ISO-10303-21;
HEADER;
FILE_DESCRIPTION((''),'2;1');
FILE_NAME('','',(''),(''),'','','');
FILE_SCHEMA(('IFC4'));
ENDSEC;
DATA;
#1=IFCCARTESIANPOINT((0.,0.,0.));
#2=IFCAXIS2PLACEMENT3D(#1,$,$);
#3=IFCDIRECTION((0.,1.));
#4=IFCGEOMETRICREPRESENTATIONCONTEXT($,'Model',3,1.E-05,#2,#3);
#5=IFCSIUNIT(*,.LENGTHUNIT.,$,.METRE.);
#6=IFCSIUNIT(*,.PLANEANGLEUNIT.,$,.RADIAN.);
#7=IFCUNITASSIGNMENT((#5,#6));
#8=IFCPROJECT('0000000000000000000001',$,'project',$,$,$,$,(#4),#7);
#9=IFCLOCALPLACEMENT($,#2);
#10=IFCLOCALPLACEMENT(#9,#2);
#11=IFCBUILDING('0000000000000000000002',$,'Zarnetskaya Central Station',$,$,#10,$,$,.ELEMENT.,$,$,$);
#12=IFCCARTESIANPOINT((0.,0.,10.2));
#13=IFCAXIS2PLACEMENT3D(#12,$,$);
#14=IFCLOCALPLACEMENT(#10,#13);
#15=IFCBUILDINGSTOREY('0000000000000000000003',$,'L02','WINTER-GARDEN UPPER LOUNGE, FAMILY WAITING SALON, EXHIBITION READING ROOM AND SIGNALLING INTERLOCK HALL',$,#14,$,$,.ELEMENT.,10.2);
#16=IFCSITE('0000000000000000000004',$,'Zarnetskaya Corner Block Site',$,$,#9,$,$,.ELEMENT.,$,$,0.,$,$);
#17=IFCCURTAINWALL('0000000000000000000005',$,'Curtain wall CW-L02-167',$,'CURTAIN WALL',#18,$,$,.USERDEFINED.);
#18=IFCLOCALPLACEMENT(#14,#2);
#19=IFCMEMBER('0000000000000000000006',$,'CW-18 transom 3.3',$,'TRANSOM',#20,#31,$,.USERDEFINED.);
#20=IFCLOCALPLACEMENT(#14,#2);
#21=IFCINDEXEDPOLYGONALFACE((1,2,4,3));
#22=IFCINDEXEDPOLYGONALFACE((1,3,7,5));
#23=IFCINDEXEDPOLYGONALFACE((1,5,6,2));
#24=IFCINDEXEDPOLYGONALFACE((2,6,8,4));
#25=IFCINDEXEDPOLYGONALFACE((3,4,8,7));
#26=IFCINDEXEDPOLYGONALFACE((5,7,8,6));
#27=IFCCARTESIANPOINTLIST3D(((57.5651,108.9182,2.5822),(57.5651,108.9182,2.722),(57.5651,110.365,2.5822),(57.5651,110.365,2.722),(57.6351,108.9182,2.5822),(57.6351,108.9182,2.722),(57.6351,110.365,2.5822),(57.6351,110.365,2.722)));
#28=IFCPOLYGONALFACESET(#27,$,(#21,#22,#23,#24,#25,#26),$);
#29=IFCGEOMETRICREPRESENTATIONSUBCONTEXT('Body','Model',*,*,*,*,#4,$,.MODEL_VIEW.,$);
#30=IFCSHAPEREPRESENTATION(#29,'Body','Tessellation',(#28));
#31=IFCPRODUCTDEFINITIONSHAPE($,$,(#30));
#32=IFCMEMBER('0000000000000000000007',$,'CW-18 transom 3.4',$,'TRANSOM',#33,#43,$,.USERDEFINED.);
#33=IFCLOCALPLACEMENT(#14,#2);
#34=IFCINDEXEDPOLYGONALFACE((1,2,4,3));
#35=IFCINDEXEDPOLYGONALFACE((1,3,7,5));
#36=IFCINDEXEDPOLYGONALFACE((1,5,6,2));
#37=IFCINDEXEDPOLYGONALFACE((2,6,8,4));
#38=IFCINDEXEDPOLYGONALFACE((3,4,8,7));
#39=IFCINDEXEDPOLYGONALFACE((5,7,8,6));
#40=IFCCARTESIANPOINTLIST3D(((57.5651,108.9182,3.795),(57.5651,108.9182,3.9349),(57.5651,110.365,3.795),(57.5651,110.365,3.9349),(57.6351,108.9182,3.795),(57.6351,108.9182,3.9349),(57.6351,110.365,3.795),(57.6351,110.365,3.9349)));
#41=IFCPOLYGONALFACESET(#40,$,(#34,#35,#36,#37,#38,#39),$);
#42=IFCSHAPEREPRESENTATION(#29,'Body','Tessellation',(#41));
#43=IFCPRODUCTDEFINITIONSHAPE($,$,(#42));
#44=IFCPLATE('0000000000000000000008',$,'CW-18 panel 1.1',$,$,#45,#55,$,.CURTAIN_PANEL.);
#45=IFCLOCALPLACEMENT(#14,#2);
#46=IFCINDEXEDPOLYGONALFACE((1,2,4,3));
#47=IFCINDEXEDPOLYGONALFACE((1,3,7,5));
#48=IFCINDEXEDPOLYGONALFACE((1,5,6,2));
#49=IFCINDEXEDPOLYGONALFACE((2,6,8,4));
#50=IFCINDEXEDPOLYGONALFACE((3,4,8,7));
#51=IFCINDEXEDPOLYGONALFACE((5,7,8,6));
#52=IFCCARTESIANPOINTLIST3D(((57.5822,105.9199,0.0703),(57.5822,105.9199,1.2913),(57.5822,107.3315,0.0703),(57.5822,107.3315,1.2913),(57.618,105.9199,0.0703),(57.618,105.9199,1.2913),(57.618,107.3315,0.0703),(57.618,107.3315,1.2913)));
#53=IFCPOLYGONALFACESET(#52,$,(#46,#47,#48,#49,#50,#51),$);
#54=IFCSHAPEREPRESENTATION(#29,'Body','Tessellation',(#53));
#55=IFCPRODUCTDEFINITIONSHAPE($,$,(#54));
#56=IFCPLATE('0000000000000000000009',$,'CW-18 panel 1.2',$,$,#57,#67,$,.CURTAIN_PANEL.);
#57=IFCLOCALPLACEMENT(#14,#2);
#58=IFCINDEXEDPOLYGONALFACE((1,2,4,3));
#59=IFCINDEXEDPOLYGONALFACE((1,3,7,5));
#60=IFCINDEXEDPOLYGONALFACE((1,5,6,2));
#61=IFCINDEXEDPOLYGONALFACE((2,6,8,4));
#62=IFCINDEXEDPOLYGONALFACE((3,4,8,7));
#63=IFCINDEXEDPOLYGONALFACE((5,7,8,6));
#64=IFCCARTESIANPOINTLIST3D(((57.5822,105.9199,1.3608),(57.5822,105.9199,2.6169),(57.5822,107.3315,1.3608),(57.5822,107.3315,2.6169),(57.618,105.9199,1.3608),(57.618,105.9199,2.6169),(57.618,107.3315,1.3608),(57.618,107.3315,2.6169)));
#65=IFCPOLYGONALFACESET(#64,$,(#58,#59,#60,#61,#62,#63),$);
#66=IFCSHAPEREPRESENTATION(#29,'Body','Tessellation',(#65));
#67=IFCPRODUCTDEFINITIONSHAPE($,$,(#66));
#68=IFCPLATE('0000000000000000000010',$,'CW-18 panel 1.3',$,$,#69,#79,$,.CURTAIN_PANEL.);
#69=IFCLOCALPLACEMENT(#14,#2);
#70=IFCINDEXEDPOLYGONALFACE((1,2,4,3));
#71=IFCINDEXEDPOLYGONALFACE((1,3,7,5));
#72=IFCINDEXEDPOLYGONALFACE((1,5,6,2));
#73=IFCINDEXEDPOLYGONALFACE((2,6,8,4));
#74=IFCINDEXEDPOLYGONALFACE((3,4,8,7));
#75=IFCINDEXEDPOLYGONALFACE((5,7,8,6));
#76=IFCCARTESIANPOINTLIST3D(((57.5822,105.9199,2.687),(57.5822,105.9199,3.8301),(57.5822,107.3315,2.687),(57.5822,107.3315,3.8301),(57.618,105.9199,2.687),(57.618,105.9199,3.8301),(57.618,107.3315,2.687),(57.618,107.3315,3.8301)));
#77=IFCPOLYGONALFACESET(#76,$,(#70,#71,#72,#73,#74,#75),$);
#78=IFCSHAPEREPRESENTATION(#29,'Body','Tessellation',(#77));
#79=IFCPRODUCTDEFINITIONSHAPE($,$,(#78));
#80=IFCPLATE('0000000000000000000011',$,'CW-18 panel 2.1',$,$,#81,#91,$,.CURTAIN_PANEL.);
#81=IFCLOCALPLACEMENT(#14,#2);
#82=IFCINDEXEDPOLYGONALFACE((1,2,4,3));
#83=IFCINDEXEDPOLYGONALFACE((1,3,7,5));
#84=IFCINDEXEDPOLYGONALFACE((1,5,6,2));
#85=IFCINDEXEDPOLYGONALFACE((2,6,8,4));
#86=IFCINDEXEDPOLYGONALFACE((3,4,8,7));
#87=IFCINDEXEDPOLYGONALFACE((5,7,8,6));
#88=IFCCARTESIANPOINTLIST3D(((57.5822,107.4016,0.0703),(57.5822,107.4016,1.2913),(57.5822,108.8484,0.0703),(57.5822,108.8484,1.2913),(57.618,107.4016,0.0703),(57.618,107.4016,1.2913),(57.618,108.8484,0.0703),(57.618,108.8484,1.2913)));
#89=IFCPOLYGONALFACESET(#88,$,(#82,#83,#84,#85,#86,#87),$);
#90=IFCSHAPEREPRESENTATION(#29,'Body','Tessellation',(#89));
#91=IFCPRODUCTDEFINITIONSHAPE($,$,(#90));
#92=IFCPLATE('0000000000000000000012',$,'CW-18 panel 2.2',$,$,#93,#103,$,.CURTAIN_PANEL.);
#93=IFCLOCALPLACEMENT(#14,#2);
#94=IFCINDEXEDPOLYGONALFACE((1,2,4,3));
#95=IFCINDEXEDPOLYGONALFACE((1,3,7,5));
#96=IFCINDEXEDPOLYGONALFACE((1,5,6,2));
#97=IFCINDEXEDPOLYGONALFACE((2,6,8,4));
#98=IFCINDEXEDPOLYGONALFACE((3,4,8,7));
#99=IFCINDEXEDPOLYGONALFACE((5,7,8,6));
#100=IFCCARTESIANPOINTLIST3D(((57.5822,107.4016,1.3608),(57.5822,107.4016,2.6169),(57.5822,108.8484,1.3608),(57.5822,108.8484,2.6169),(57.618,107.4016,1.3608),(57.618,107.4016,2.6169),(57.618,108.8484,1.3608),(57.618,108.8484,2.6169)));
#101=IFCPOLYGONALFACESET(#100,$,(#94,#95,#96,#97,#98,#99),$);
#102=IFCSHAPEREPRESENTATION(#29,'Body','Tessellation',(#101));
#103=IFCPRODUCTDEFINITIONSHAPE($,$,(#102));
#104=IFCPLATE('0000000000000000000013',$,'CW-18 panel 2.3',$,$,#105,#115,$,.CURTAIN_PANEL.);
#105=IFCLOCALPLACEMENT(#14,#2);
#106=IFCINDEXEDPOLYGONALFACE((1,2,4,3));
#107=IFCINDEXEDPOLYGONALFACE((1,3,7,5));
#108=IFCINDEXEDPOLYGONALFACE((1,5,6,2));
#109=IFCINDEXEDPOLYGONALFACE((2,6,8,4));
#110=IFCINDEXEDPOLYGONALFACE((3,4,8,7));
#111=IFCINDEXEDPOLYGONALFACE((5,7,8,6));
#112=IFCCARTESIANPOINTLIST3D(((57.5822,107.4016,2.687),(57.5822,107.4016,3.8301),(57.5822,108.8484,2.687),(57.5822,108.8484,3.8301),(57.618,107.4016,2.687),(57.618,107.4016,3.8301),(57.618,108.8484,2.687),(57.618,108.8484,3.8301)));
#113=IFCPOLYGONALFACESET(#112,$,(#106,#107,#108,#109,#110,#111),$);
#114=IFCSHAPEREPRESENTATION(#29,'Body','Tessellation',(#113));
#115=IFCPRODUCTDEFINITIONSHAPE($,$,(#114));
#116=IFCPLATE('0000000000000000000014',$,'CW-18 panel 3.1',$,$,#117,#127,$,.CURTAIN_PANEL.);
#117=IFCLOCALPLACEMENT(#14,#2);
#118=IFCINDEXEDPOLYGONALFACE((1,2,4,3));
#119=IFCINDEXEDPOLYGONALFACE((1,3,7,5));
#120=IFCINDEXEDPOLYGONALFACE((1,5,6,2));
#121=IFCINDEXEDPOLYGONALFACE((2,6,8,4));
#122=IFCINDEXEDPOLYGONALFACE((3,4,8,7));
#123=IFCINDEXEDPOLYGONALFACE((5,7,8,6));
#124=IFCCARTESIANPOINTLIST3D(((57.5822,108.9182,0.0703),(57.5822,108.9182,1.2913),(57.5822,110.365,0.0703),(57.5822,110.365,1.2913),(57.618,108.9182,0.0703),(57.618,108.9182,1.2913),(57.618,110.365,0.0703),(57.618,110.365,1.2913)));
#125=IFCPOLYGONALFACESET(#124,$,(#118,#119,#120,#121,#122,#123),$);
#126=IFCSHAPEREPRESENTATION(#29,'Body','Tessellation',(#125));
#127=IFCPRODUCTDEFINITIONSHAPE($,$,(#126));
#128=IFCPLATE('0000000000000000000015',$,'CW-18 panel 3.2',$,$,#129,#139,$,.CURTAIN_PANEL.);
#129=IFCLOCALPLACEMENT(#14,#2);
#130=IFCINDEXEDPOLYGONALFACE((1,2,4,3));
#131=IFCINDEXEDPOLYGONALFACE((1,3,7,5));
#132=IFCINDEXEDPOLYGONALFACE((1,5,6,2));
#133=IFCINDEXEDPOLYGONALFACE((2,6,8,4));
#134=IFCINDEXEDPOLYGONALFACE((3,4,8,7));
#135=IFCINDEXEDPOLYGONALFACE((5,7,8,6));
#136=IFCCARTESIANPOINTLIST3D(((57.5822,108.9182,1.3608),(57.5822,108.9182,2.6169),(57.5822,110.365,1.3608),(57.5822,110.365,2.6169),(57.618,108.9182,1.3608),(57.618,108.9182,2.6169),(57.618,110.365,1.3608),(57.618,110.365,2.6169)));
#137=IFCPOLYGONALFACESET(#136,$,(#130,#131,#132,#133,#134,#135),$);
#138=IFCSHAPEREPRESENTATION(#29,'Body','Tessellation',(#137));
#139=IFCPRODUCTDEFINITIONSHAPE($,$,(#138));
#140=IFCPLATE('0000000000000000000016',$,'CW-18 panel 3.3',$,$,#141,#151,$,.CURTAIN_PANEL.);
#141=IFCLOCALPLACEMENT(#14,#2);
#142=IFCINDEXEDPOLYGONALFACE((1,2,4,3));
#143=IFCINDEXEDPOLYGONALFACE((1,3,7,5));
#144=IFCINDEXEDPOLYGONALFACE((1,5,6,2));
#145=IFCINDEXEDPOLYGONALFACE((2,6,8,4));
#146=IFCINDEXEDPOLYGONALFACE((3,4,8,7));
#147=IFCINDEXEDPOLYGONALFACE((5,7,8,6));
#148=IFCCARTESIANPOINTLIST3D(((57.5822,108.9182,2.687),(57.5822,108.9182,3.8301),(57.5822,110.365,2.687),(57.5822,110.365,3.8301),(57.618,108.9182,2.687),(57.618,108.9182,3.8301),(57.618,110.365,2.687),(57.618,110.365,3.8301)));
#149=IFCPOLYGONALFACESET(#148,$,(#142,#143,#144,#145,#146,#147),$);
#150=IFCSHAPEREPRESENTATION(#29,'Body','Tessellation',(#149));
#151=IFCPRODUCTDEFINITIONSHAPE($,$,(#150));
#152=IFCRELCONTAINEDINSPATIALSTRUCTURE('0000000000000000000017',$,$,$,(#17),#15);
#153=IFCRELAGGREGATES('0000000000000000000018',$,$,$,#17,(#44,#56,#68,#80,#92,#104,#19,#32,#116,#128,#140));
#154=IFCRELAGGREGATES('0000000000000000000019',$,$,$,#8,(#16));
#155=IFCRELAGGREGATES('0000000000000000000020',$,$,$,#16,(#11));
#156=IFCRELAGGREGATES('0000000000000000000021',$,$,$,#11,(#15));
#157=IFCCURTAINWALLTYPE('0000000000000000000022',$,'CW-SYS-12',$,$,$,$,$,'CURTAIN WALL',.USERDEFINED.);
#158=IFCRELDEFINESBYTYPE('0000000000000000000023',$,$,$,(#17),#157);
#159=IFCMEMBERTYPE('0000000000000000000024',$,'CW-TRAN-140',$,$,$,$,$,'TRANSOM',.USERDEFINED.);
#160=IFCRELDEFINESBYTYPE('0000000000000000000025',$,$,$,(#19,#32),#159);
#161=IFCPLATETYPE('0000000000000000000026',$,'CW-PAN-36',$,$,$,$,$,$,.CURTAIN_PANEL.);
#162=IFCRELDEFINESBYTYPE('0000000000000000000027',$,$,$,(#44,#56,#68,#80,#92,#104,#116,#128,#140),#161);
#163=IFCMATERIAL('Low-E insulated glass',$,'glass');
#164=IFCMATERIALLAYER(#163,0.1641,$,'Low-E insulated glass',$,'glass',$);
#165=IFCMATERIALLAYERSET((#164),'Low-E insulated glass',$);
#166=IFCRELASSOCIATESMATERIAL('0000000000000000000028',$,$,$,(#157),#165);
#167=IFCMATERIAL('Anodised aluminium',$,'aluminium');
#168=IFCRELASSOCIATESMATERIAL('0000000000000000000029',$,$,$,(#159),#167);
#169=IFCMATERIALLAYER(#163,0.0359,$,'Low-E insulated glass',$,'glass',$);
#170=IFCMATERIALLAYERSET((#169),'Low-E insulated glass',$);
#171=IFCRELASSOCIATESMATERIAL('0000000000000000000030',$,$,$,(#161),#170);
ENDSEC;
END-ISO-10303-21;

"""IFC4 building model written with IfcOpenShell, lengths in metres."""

from ifc_helpers import new_model, si_unit, direction, frame, origin, origin_2d, place, context, subcontext, project, spatial, rectangle, extrude, material, layer, layer_set, material_profile, profile_set, type_object, element, aggregate, save


model = new_model("IFC4")

# Units and contexts
model_context = context("Model", 3, precision=1e-05, world=origin(), true_north=direction((0.0, 1.0)))
body_context = subcontext(model_context, "Body", "Model", "MODEL_VIEW")
ifc_project = project(units=[si_unit("LENGTHUNIT", "METRE"), si_unit("PLANEANGLEUNIT", "RADIAN")], contexts=[model_context])

# Site, building, storey
site_placement = place(None, origin())
site = spatial("IfcSite", under=ifc_project, at=site_placement, Name="Zarnetskaya Corner Block Site", CompositionType="ELEMENT", RefElevation=0.0)
building_placement = place(site_placement, origin())
building = spatial("IfcBuilding", under=site, at=building_placement, Name="Zarnetskaya Central Station", CompositionType="ELEMENT")
storey_placement = place(building_placement, frame((0.0, 0.0, 10.2)))
storey = spatial("IfcBuildingStorey", under=building, at=storey_placement, Name="L02", Description="WINTER-GARDEN UPPER LOUNGE, FAMILY WAITING SALON, EXHIBITION READING ROOM AND SIGNALLING INTERLOCK HALL", CompositionType="ELEMENT", Elevation=10.2)

# Curtain wall, members, plates
ifc_material_1 = material(Name="Low-E insulated glass", Category="glass")
ifc_layer_1 = layer(ifc_material_1, 0.1641, Name="Low-E insulated glass", Category="glass")
ifc_layer_set_1 = layer_set([ifc_layer_1], Name="Low-E insulated glass")
curtain_wall_type = type_object("IfcCurtainWallType", Name="CW-SYS-12", ElementType="CURTAIN WALL", PredefinedType="USERDEFINED", material=ifc_layer_set_1)
curtain_wall_placement = place(storey_placement, origin())
curtain_wall = element("IfcCurtainWall", 1, at=curtain_wall_placement, inside=storey, type_object=curtain_wall_type, Name="Curtain wall CW-L02-167", ObjectType="CURTAIN WALL", PredefinedType="USERDEFINED")
ifc_material_2 = material(Name="Anodised aluminium", Category="aluminium")
ifc_material_profile_1 = material_profile(ifc_material_2, rectangle(XDim=0.0701, YDim=0.1399, at=origin_2d()), Name="ALU TRAN 70x140")
ifc_profile_set_1 = profile_set([ifc_material_profile_1], Name="Anodised aluminium")
member_type_1 = type_object("IfcMemberType", Name="CW-TRAN-140", ElementType="TRANSOM", PredefinedType="USERDEFINED", material=ifc_profile_set_1)
member_1_placement = place(storey_placement, frame((57.6001, 108.9182, 2.6521), z_axis=(0.0, 1.0, 0.0), x_axis=(-1.0, 0.0, 0.0)))
member_1 = element("IfcMember", 2, at=member_1_placement, type_object=member_type_1, Name="CW-18 transom 3.3", ObjectType="TRANSOM", PredefinedType="USERDEFINED", context=body_context, shape_type="SweptSolid", body=[
    extrude(rectangle(XDim=0.0701, YDim=0.1399, at=origin_2d()), origin(), (0.0, 0.0, 1.0), 1.4468),
])
member_2_placement = place(storey_placement, frame((57.6001, 108.9182, 3.865), z_axis=(0.0, 1.0, 0.0), x_axis=(-1.0, 0.0, 0.0)))
member_2 = element("IfcMember", 3, at=member_2_placement, type_object=member_type_1, Name="CW-18 transom 3.4", ObjectType="TRANSOM", PredefinedType="USERDEFINED", context=body_context, shape_type="SweptSolid", body=[
    extrude(rectangle(XDim=0.0701, YDim=0.1399, at=origin_2d()), origin(), (0.0, 0.0, 1.0), 1.4468),
])
ifc_layer_2 = layer(ifc_material_1, 0.0359, Name="Low-E insulated glass", Category="glass")
ifc_layer_set_2 = layer_set([ifc_layer_2], Name="Low-E insulated glass")
plate_type = type_object("IfcPlateType", Name="CW-PAN-36", PredefinedType="CURTAIN_PANEL", material=ifc_layer_set_2)
plate_1_placement = place(storey_placement, frame((57.6001, 106.6257, 0.0703), z_axis=(0.0, 0.0, 1.0), x_axis=(0.0, 1.0, 0.0)))
plate_1 = element("IfcPlate", 4, at=plate_1_placement, type_object=plate_type, Name="CW-18 panel 1.1", PredefinedType="CURTAIN_PANEL", context=body_context, shape_type="SweptSolid", body=[
    extrude(rectangle(XDim=1.4116, YDim=0.0359, at=origin_2d()), origin(), (0.0, 0.0, 1.0), 1.2209),
])
plate_2_placement = place(storey_placement, frame((57.6001, 106.6257, 1.3608), z_axis=(0.0, 0.0, 1.0), x_axis=(0.0, 1.0, 0.0)))
plate_2 = element("IfcPlate", 5, at=plate_2_placement, type_object=plate_type, Name="CW-18 panel 1.2", PredefinedType="CURTAIN_PANEL", context=body_context, shape_type="SweptSolid", body=[
    extrude(rectangle(XDim=1.4116, YDim=0.0359, at=origin_2d()), origin(), (0.0, 0.0, 1.0), 1.2561),
])
plate_3_placement = place(storey_placement, frame((57.6001, 106.6257, 2.687), z_axis=(0.0, 0.0, 1.0), x_axis=(0.0, 1.0, 0.0)))
plate_3 = element("IfcPlate", 6, at=plate_3_placement, type_object=plate_type, Name="CW-18 panel 1.3", PredefinedType="CURTAIN_PANEL", context=body_context, shape_type="SweptSolid", body=[
    extrude(rectangle(XDim=1.4116, YDim=0.0359, at=origin_2d()), origin(), (0.0, 0.0, 1.0), 1.1431),
])
plate_4_placement = place(storey_placement, frame((57.6001, 108.125, 0.0703), z_axis=(0.0, 0.0, 1.0), x_axis=(0.0, 1.0, 0.0)))
plate_4 = element("IfcPlate", 7, at=plate_4_placement, type_object=plate_type, Name="CW-18 panel 2.1", PredefinedType="CURTAIN_PANEL", context=body_context, shape_type="SweptSolid", body=[
    extrude(rectangle(XDim=1.4468, YDim=0.0359, at=origin_2d()), origin(), (0.0, 0.0, 1.0), 1.2209),
])
plate_5_placement = place(storey_placement, frame((57.6001, 108.125, 1.3608), z_axis=(0.0, 0.0, 1.0), x_axis=(0.0, 1.0, 0.0)))
plate_5 = element("IfcPlate", 8, at=plate_5_placement, type_object=plate_type, Name="CW-18 panel 2.2", PredefinedType="CURTAIN_PANEL", context=body_context, shape_type="SweptSolid", body=[
    extrude(rectangle(XDim=1.4468, YDim=0.0359, at=origin_2d()), origin(), (0.0, 0.0, 1.0), 1.2561),
])
plate_6_placement = place(storey_placement, frame((57.6001, 108.125, 2.687), z_axis=(0.0, 0.0, 1.0), x_axis=(0.0, 1.0, 0.0)))
plate_6 = element("IfcPlate", 9, at=plate_6_placement, type_object=plate_type, Name="CW-18 panel 2.3", PredefinedType="CURTAIN_PANEL", context=body_context, shape_type="SweptSolid", body=[
    extrude(rectangle(XDim=1.4468, YDim=0.0359, at=origin_2d()), origin(), (0.0, 0.0, 1.0), 1.1431),
])
plate_7_placement = place(storey_placement, frame((57.6001, 109.6416, 0.0703), z_axis=(0.0, 0.0, 1.0), x_axis=(0.0, 1.0, 0.0)))
plate_7 = element("IfcPlate", 10, at=plate_7_placement, type_object=plate_type, Name="CW-18 panel 3.1", PredefinedType="CURTAIN_PANEL", context=body_context, shape_type="SweptSolid", body=[
    extrude(rectangle(XDim=1.4468, YDim=0.0359, at=origin_2d()), origin(), (0.0, 0.0, 1.0), 1.2209),
])
plate_8_placement = place(storey_placement, frame((57.6001, 109.6416, 1.3608), z_axis=(0.0, 0.0, 1.0), x_axis=(0.0, 1.0, 0.0)))
plate_8 = element("IfcPlate", 11, at=plate_8_placement, type_object=plate_type, Name="CW-18 panel 3.2", PredefinedType="CURTAIN_PANEL", context=body_context, shape_type="SweptSolid", body=[
    extrude(rectangle(XDim=1.4468, YDim=0.0359, at=origin_2d()), origin(), (0.0, 0.0, 1.0), 1.2561),
])
plate_9_placement = place(storey_placement, frame((57.6001, 109.6416, 2.687), z_axis=(0.0, 0.0, 1.0), x_axis=(0.0, 1.0, 0.0)))
plate_9 = element("IfcPlate", 12, at=plate_9_placement, type_object=plate_type, Name="CW-18 panel 3.3", PredefinedType="CURTAIN_PANEL", context=body_context, shape_type="SweptSolid", body=[
    extrude(rectangle(XDim=1.4468, YDim=0.0359, at=origin_2d()), origin(), (0.0, 0.0, 1.0), 1.1431),
])
aggregate(curtain_wall, [plate_1, plate_2, plate_3, plate_4, plate_5, plate_6, member_1, member_2, plate_7, plate_8, plate_9])

save(model, "model.ifc")
